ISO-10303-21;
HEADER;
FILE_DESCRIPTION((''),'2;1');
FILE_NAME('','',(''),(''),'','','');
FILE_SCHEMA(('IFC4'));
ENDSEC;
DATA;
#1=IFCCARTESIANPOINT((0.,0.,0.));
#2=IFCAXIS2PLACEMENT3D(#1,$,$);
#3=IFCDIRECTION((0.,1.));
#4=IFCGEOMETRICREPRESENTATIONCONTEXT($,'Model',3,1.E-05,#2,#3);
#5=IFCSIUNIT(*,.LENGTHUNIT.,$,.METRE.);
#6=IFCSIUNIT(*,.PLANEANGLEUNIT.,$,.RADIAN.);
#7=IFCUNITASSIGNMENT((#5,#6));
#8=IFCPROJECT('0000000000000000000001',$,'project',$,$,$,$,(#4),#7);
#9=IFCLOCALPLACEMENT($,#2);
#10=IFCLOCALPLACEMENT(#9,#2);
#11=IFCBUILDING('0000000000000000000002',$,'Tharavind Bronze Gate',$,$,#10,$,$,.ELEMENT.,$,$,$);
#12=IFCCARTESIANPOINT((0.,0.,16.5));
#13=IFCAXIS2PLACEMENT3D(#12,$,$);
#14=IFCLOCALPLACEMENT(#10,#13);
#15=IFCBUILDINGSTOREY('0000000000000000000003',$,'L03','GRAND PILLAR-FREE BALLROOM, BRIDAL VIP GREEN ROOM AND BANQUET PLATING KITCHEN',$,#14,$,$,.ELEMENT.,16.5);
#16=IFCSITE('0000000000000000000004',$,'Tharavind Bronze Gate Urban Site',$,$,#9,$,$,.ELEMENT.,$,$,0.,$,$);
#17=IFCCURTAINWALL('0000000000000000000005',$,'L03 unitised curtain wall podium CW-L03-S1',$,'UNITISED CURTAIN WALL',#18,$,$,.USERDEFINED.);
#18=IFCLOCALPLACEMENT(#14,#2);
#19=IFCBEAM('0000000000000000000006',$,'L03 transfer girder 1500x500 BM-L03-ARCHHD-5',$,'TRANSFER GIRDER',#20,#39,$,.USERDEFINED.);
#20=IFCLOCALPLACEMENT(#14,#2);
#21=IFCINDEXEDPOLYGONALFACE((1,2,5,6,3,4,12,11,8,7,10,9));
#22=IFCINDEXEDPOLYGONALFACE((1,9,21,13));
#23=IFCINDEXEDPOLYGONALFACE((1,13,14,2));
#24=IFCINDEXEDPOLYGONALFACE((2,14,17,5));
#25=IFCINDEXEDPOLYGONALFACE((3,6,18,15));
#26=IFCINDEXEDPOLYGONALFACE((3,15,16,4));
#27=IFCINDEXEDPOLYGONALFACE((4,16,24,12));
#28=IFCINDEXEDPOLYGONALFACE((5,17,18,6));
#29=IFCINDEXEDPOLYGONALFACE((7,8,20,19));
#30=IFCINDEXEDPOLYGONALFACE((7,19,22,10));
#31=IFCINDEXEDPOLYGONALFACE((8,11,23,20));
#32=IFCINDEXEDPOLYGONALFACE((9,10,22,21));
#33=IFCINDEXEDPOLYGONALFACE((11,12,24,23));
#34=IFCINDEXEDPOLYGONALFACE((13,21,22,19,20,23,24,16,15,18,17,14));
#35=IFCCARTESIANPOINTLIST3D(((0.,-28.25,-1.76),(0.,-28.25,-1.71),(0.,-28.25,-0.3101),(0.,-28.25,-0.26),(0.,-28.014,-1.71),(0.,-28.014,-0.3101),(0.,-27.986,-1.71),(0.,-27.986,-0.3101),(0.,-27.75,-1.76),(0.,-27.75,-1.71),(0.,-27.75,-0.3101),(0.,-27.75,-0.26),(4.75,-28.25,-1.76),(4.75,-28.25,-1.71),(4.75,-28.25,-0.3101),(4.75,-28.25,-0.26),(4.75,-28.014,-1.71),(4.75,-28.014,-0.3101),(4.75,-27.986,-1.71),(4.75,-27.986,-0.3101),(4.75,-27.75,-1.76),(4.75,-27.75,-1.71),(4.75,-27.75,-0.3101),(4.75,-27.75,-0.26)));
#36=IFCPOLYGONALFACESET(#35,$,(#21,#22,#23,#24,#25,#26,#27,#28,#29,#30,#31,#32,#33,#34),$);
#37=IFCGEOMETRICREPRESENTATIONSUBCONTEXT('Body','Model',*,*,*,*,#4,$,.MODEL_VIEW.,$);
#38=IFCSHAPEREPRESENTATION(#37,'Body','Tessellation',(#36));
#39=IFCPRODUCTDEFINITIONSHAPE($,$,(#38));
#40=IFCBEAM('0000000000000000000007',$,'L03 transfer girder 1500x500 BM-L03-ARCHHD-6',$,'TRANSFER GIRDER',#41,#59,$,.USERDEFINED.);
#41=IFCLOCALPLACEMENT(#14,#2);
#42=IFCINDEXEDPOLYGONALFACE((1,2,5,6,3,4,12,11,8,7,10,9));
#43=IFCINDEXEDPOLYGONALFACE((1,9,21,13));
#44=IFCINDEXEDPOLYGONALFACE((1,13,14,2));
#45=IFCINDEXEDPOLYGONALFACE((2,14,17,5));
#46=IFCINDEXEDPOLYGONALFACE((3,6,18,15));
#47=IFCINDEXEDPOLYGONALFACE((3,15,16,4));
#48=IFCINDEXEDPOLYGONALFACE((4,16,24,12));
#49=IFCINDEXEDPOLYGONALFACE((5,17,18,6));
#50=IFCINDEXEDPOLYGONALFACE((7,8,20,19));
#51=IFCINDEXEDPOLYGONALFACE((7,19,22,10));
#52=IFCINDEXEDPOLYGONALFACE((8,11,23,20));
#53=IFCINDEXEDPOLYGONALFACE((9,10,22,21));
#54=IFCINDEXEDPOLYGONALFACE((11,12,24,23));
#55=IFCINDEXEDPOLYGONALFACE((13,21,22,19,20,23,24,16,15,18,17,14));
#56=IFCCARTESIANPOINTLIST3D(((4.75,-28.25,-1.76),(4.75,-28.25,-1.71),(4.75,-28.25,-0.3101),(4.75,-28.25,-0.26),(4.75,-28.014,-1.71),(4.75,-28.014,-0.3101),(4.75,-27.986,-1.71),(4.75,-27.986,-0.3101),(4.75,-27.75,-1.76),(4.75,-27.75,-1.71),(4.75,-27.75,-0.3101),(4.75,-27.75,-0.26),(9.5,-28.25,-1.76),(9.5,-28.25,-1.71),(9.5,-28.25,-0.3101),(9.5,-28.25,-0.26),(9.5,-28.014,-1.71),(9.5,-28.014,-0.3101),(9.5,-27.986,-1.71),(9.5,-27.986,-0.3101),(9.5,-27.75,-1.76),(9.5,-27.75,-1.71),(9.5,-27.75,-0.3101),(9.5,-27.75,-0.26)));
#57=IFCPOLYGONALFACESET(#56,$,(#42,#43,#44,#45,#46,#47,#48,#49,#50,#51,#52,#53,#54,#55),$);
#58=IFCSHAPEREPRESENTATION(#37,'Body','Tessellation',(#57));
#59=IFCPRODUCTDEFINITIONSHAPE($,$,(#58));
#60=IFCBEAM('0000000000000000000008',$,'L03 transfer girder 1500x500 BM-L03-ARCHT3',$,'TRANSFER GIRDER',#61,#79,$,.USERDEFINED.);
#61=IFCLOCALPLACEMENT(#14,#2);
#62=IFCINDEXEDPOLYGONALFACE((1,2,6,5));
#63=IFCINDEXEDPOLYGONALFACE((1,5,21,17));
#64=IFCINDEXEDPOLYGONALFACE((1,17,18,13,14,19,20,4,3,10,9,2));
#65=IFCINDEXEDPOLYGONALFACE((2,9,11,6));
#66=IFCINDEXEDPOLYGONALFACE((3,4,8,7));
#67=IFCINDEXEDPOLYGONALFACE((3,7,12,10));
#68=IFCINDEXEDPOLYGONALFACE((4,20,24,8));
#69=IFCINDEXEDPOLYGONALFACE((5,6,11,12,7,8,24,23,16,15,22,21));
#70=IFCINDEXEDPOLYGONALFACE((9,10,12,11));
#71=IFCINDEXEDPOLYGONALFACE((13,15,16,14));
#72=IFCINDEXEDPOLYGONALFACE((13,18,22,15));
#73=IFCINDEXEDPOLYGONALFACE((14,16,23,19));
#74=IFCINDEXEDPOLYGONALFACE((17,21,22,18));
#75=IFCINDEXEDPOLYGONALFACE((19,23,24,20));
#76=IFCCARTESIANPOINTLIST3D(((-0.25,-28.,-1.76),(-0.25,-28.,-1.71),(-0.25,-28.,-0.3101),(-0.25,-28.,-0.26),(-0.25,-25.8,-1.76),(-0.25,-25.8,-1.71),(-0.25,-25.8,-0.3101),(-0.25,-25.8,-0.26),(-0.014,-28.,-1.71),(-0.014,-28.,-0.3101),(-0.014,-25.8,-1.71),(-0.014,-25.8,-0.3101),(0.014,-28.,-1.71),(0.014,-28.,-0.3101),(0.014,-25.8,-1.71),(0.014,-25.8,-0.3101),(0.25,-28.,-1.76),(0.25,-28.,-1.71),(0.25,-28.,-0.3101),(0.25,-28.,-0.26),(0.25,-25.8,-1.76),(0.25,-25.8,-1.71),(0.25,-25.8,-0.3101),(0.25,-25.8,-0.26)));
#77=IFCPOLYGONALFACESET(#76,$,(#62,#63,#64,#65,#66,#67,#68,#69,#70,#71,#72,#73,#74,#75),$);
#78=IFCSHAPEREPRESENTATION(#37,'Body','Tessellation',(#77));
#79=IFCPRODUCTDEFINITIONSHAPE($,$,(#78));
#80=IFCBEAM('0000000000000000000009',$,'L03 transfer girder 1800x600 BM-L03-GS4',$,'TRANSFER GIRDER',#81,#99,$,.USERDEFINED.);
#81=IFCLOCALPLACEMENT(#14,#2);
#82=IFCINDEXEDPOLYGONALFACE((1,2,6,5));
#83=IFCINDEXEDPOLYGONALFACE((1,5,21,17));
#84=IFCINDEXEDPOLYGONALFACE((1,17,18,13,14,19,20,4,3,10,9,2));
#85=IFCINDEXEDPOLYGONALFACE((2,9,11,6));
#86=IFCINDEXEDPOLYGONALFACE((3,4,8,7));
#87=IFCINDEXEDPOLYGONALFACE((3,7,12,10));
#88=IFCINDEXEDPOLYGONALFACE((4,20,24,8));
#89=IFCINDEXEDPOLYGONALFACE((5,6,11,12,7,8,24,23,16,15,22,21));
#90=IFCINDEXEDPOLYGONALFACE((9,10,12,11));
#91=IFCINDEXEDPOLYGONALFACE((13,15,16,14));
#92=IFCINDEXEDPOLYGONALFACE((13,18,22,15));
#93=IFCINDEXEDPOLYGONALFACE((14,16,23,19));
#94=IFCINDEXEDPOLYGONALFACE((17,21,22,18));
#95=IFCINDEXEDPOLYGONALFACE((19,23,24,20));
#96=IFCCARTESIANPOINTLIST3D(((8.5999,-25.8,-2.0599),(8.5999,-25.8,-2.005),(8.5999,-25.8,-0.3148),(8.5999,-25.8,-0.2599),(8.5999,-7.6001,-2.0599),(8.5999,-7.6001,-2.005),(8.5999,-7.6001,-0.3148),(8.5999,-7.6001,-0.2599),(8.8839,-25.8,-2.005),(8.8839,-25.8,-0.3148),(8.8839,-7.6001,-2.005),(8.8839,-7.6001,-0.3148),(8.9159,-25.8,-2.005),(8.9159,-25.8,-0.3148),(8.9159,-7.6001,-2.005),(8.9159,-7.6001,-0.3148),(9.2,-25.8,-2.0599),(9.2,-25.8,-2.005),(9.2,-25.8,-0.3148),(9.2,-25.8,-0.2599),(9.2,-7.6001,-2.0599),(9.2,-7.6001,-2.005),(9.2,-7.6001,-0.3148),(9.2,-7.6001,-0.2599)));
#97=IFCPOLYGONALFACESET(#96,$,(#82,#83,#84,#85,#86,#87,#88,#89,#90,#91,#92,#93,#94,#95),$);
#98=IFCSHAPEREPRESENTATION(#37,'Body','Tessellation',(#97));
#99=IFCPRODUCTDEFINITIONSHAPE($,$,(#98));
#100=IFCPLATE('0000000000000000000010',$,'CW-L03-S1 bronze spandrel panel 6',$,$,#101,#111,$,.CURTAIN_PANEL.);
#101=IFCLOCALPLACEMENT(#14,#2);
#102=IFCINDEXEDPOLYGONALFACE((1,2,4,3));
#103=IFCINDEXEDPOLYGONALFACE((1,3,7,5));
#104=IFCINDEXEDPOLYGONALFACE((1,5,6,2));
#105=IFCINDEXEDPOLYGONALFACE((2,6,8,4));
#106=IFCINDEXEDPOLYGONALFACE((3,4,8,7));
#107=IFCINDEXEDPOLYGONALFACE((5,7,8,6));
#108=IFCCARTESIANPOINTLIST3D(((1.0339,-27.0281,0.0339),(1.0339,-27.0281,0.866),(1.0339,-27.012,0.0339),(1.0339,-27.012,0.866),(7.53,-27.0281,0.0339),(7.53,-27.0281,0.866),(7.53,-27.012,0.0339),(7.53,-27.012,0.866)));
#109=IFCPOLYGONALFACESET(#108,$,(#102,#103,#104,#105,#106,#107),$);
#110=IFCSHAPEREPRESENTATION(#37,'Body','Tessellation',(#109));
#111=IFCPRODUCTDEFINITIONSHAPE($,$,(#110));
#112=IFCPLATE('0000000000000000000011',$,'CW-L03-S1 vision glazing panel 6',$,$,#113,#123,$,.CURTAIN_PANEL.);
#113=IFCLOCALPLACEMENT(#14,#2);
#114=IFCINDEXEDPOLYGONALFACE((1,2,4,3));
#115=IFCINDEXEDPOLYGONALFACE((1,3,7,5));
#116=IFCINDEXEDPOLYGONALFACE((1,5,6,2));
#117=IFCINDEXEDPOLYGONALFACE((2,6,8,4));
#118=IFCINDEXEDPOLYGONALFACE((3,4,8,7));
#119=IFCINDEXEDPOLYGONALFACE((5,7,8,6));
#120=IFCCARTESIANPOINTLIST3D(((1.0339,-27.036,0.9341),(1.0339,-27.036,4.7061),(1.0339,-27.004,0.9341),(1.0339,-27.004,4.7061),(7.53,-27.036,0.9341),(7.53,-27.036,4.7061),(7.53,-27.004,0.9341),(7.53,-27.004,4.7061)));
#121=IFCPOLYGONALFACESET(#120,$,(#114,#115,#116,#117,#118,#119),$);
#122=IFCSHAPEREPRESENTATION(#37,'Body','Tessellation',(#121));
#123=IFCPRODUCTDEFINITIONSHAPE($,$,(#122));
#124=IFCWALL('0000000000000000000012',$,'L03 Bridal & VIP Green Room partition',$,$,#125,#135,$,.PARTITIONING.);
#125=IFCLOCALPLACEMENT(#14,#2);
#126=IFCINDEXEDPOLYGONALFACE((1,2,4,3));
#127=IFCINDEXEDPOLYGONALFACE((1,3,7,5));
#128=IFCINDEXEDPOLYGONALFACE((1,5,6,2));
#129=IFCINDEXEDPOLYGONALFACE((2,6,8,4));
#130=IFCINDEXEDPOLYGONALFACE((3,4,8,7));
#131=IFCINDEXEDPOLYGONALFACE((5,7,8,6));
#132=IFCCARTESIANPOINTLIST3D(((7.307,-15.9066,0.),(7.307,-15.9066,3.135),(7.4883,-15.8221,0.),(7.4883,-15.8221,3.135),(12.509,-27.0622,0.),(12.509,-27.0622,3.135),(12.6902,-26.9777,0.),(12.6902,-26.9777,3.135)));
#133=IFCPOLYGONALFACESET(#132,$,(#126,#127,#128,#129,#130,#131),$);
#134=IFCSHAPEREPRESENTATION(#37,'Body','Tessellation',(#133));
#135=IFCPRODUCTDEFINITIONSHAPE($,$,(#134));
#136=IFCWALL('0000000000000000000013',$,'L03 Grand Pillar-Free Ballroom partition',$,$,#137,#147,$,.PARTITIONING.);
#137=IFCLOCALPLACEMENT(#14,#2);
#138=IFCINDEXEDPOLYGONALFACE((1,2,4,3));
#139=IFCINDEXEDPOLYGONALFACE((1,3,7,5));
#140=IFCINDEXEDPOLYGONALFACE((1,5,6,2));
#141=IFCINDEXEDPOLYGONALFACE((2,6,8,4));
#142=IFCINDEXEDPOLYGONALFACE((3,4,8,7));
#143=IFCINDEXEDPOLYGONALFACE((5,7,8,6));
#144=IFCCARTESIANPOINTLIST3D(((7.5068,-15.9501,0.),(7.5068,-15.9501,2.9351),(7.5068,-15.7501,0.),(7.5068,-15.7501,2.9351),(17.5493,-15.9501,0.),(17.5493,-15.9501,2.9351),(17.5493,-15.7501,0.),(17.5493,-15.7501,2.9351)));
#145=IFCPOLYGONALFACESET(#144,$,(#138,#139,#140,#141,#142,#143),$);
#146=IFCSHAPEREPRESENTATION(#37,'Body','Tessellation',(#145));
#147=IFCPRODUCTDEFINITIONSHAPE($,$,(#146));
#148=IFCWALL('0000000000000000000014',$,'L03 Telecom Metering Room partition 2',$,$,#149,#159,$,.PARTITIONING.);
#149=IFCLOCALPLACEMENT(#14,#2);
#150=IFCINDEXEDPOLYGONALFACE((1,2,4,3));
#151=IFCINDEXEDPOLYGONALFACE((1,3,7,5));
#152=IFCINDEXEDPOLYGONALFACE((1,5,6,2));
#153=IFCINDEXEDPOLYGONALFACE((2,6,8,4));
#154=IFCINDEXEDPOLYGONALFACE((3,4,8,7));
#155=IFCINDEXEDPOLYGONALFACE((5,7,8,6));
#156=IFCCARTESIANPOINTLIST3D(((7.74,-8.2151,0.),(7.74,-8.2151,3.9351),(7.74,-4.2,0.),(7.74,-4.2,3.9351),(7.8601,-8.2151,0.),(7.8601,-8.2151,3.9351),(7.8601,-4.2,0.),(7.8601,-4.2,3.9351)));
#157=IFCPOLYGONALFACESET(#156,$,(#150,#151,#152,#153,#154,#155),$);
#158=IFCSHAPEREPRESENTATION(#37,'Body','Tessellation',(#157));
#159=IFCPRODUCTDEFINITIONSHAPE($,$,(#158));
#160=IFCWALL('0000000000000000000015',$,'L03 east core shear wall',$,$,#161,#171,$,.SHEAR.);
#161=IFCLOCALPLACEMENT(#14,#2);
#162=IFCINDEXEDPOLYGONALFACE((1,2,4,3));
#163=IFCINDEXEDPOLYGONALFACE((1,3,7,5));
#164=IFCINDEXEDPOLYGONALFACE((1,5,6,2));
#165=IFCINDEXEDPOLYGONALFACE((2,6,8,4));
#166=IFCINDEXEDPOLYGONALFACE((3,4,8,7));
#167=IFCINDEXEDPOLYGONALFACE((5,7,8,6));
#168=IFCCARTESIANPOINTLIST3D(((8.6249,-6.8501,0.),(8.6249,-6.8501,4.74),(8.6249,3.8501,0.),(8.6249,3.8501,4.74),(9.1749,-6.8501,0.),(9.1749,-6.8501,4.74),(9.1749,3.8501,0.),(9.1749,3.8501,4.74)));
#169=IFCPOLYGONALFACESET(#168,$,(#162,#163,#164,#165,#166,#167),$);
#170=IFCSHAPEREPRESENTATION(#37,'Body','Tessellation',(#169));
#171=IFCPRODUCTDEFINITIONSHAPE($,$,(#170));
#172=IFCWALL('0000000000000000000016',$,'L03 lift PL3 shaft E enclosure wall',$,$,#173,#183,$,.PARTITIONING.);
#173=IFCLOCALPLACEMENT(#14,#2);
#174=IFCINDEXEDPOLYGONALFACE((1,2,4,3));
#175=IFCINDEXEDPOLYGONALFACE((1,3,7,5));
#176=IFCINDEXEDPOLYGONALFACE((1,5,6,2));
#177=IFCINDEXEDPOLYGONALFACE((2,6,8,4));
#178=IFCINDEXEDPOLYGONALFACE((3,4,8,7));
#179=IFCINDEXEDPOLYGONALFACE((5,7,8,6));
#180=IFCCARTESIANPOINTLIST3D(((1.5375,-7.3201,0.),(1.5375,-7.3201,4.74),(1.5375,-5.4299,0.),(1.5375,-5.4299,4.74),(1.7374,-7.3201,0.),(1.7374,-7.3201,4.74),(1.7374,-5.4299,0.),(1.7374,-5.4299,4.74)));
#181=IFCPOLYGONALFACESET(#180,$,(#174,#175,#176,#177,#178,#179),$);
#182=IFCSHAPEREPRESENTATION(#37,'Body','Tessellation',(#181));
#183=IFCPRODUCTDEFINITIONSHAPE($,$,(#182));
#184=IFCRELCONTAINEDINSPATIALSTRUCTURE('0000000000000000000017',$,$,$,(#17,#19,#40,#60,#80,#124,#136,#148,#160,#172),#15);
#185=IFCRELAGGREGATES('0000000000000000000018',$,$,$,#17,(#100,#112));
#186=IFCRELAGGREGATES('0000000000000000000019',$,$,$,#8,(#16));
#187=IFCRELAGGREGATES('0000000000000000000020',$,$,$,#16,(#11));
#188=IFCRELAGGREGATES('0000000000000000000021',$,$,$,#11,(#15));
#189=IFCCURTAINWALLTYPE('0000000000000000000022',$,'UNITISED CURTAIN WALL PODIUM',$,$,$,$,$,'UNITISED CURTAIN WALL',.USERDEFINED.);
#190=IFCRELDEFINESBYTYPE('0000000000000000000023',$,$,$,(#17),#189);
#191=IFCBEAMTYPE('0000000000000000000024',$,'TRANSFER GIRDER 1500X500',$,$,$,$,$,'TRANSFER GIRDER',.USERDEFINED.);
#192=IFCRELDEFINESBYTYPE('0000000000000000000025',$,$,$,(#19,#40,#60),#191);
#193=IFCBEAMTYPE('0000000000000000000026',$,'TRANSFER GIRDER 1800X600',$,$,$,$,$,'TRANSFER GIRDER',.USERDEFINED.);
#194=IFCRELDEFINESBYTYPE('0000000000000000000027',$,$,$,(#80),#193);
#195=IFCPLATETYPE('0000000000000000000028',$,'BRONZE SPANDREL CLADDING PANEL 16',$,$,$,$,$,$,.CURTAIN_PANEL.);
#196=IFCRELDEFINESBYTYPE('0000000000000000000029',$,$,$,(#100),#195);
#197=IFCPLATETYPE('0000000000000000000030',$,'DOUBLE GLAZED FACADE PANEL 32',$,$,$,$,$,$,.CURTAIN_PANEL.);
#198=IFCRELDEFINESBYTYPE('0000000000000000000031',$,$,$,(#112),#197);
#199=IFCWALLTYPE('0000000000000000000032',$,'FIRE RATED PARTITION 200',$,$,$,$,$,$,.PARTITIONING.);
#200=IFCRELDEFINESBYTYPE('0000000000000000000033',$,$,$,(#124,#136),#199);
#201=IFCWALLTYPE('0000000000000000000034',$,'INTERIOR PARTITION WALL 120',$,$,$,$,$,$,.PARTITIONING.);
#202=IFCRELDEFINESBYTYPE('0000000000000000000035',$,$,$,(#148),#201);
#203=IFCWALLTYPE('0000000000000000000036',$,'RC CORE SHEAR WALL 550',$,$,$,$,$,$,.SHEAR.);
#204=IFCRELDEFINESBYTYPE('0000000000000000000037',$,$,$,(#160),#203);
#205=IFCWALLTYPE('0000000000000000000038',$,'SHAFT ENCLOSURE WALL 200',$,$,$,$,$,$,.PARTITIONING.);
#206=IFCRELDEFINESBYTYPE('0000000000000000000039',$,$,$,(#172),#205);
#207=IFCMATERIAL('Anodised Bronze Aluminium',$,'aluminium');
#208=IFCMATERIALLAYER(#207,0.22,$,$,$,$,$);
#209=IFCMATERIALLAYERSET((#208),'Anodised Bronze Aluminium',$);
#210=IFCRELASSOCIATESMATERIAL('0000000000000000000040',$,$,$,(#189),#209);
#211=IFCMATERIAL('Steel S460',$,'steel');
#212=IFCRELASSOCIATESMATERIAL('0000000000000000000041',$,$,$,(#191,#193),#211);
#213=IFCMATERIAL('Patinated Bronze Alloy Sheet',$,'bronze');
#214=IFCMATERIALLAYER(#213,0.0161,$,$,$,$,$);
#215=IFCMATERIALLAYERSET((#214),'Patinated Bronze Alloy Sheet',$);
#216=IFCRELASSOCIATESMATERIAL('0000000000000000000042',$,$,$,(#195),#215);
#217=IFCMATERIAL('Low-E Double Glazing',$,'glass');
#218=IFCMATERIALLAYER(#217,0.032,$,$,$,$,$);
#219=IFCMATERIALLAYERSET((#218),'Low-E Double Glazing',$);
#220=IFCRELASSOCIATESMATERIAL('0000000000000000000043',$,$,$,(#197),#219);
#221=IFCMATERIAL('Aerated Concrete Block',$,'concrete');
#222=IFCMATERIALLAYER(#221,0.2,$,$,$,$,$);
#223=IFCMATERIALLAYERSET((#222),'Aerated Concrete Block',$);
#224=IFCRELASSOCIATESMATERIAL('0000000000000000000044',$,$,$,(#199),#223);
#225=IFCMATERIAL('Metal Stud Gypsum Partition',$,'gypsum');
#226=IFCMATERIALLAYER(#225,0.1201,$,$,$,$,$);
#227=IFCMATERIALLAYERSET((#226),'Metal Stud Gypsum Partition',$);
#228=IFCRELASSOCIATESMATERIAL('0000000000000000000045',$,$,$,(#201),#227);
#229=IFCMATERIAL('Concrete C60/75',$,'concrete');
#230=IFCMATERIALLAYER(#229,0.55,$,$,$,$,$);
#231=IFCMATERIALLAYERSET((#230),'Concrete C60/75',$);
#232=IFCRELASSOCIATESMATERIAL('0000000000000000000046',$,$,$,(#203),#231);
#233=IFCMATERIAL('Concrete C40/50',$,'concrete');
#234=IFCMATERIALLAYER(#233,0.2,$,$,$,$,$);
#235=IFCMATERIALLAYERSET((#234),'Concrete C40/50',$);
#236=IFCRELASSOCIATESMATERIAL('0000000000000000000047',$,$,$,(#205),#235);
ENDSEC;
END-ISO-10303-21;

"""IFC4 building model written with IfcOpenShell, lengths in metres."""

from ifc_helpers import new_model, si_unit, direction, frame, frame_2d, origin, origin_2d, place, context, subcontext, project, spatial, rectangle, i_section, extrude, material, layer, layer_set, material_profile, profile_set, type_object, element, aggregate, save


model = new_model("IFC4")

# Units and contexts
model_context = context("Model", 3, precision=1e-05, world=origin(), true_north=direction((0.0, 1.0)))
body_context = subcontext(model_context, "Body", "Model", "MODEL_VIEW")
ifc_project = project(units=[si_unit("LENGTHUNIT", "METRE"), si_unit("PLANEANGLEUNIT", "RADIAN")], contexts=[model_context])

# Site, building, storey
site_placement = place(None, origin())
site = spatial("IfcSite", under=ifc_project, at=site_placement, Name="Tharavind Bronze Gate Urban Site", CompositionType="ELEMENT", RefElevation=0.0)
building_placement = place(site_placement, origin())
building = spatial("IfcBuilding", under=site, at=building_placement, Name="Tharavind Bronze Gate", CompositionType="ELEMENT")
storey_placement = place(building_placement, frame((0.0, 0.0, 16.5)))
storey = spatial("IfcBuildingStorey", under=building, at=storey_placement, Name="L03", Description="GRAND PILLAR-FREE BALLROOM, BRIDAL VIP GREEN ROOM AND BANQUET PLATING KITCHEN", CompositionType="ELEMENT", Elevation=16.5)

# Shared definitions
ifc_material_1 = material(Name="Steel S460", Category="steel")

# Curtain wall
ifc_material_2 = material(Name="Anodised Bronze Aluminium", Category="aluminium")
ifc_layer_1 = layer(ifc_material_2, 0.22)
ifc_layer_set_1 = layer_set([ifc_layer_1], Name="Anodised Bronze Aluminium")
curtain_wall_type = type_object("IfcCurtainWallType", Name="UNITISED CURTAIN WALL PODIUM", ElementType="UNITISED CURTAIN WALL", PredefinedType="USERDEFINED", material=ifc_layer_set_1)
curtain_wall_placement = place(storey_placement, origin())
curtain_wall = element("IfcCurtainWall", 1, at=curtain_wall_placement, inside=storey, type_object=curtain_wall_type, Name="L03 unitised curtain wall podium CW-L03-S1", ObjectType="UNITISED CURTAIN WALL", PredefinedType="USERDEFINED")

# Beams
ifc_material_profile_1 = material_profile(ifc_material_1, i_section(OverallWidth=0.5, OverallDepth=1.5, WebThickness=0.0281, FlangeThickness=0.05, at=origin_2d()), Name="PG1500X500")
ifc_profile_set_1 = profile_set([ifc_material_profile_1], Name="Steel S460")
beam_type_1 = type_object("IfcBeamType", Name="TRANSFER GIRDER 1500X500", ElementType="TRANSFER GIRDER", PredefinedType="USERDEFINED", material=ifc_profile_set_1)
for number, where, z_axis, x_axis, name in (
    (2, (0.0, -28.0, -1.01), (1.0, 0.0, 0.0), (0.0, 1.0, 0.0), "L03 transfer girder 1500x500 BM-L03-ARCHHD-5"),
    (3, (4.75, -28.0, -1.01), (1.0, 0.0, 0.0), (0.0, 1.0, 0.0), "L03 transfer girder 1500x500 BM-L03-ARCHHD-6"),
):
    element("IfcBeam", number, at=place(storey_placement, frame(where, z_axis=z_axis, x_axis=x_axis)), inside=storey, type_object=beam_type_1, Name=name, ObjectType="TRANSFER GIRDER", PredefinedType="USERDEFINED", context=body_context, shape_type="SweptSolid", body=[
        extrude(i_section(OverallWidth=0.5, OverallDepth=1.5, WebThickness=0.0281, FlangeThickness=0.05, at=origin_2d()), origin(), (0.0, 0.0, 1.0), 4.75),
    ])
beam_1_placement = place(storey_placement, frame((0.0, -28.0, -1.01), z_axis=(0.0, 1.0, 0.0), x_axis=(-1.0, 0.0, 0.0)))
element("IfcBeam", 4, at=beam_1_placement, inside=storey, type_object=beam_type_1, Name="L03 transfer girder 1500x500 BM-L03-ARCHT3", ObjectType="TRANSFER GIRDER", PredefinedType="USERDEFINED", context=body_context, shape_type="SweptSolid", body=[
    extrude(i_section(OverallWidth=0.5, OverallDepth=1.5, WebThickness=0.0281, FlangeThickness=0.05, at=origin_2d()), origin(), (0.0, 0.0, 1.0), 2.2),
])
ifc_material_profile_2 = material_profile(ifc_material_1, i_section(OverallWidth=0.6001, OverallDepth=1.8, WebThickness=0.032, FlangeThickness=0.0549, at=origin_2d()), Name="PG1800X600")
ifc_profile_set_2 = profile_set([ifc_material_profile_2], Name="Steel S460")
beam_type_2 = type_object("IfcBeamType", Name="TRANSFER GIRDER 1800X600", ElementType="TRANSFER GIRDER", PredefinedType="USERDEFINED", material=ifc_profile_set_2)
beam_2_placement = place(storey_placement, frame((8.8999, -25.8, -1.1599), z_axis=(0.0, 1.0, 0.0), x_axis=(-1.0, 0.0, 0.0)))
element("IfcBeam", 5, at=beam_2_placement, inside=storey, type_object=beam_type_2, Name="L03 transfer girder 1800x600 BM-L03-GS4", ObjectType="TRANSFER GIRDER", PredefinedType="USERDEFINED", context=body_context, shape_type="SweptSolid", body=[
    extrude(i_section(OverallWidth=0.6001, OverallDepth=1.8, WebThickness=0.032, FlangeThickness=0.0549, at=origin_2d()), origin(), (0.0, 0.0, 1.0), 18.2),
])

# Plates
ifc_material_3 = material(Name="Patinated Bronze Alloy Sheet", Category="bronze")
ifc_layer_2 = layer(ifc_material_3, 0.0161)
ifc_layer_set_2 = layer_set([ifc_layer_2], Name="Patinated Bronze Alloy Sheet")
plate_type_1 = type_object("IfcPlateType", Name="BRONZE SPANDREL CLADDING PANEL 16", PredefinedType="CURTAIN_PANEL", material=ifc_layer_set_2)
plate_1_placement = place(storey_placement, frame((4.282, -27.02, 0.0339), z_axis=(0.0, 0.0, 1.0), x_axis=(1.0, 0.0, 0.0)))
plate_1 = element("IfcPlate", 6, at=plate_1_placement, type_object=plate_type_1, Name="CW-L03-S1 bronze spandrel panel 6", PredefinedType="CURTAIN_PANEL", context=body_context, shape_type="SweptSolid", body=[
    extrude(rectangle(XDim=6.4961, YDim=0.0161, at=origin_2d()), origin(), (0.0, 0.0, 1.0), 0.832),
])
ifc_material_4 = material(Name="Low-E Double Glazing", Category="glass")
ifc_layer_3 = layer(ifc_material_4, 0.032)
ifc_layer_set_3 = layer_set([ifc_layer_3], Name="Low-E Double Glazing")
plate_type_2 = type_object("IfcPlateType", Name="DOUBLE GLAZED FACADE PANEL 32", PredefinedType="CURTAIN_PANEL", material=ifc_layer_set_3)
plate_2_placement = place(storey_placement, frame((4.282, -27.02, 0.9341), z_axis=(0.0, 0.0, 1.0), x_axis=(1.0, 0.0, 0.0)))
plate_2 = element("IfcPlate", 7, at=plate_2_placement, type_object=plate_type_2, Name="CW-L03-S1 vision glazing panel 6", PredefinedType="CURTAIN_PANEL", context=body_context, shape_type="SweptSolid", body=[
    extrude(rectangle(XDim=6.4961, YDim=0.032, at=origin_2d()), origin(), (0.0, 0.0, 1.0), 3.772),
])
aggregate(curtain_wall, [plate_1, plate_2])

# Walls
ifc_material_5 = material(Name="Aerated Concrete Block", Category="concrete")
ifc_layer_4 = layer(ifc_material_5, 0.2)
ifc_layer_set_4 = layer_set([ifc_layer_4], Name="Aerated Concrete Block")
wall_type_1 = type_object("IfcWallType", Name="FIRE RATED PARTITION 200", PredefinedType="PARTITIONING", material=ifc_layer_set_4)
wall_1_placement = place(storey_placement, frame((7.3977, -15.8645, 0.0), z_axis=(0.0, 0.0, 1.0), x_axis=(0.422618, -0.906308, 0.0)))
element("IfcWall", 8, at=wall_1_placement, inside=storey, type_object=wall_type_1, Name="L03 Bridal & VIP Green Room partition", PredefinedType="PARTITIONING", context=body_context, shape_type="SweptSolid", body=[
    extrude(rectangle(XDim=12.3088, YDim=0.2, at=frame_2d((6.1543, 0.0))), origin(), (0.0, 0.0, 1.0), 3.135),
])
wall_2_placement = place(storey_placement, frame((7.5068, -15.8501, 0.0), z_axis=(0.0, 0.0, 1.0), x_axis=(1.0, 0.0, 0.0)))
element("IfcWall", 9, at=wall_2_placement, inside=storey, type_object=wall_type_1, Name="L03 Grand Pillar-Free Ballroom partition", PredefinedType="PARTITIONING", context=body_context, shape_type="SweptSolid", body=[
    extrude(rectangle(XDim=10.0425, YDim=0.2, at=frame_2d((5.0212, 0.0))), origin(), (0.0, 0.0, 1.0), 2.9351),
])
ifc_material_6 = material(Name="Metal Stud Gypsum Partition", Category="gypsum")
ifc_layer_5 = layer(ifc_material_6, 0.1201)
ifc_layer_set_5 = layer_set([ifc_layer_5], Name="Metal Stud Gypsum Partition")
wall_type_2 = type_object("IfcWallType", Name="INTERIOR PARTITION WALL 120", PredefinedType="PARTITIONING", material=ifc_layer_set_5)
wall_3_placement = place(storey_placement, frame((7.8, -8.2151, 0.0), z_axis=(0.0, 0.0, 1.0), x_axis=(0.0, 1.0, 0.0)))
element("IfcWall", 10, at=wall_3_placement, inside=storey, type_object=wall_type_2, Name="L03 Telecom Metering Room partition 2", PredefinedType="PARTITIONING", context=body_context, shape_type="SweptSolid", body=[
    extrude(rectangle(XDim=4.0151, YDim=0.1201, at=frame_2d((2.0076, 0.0))), origin(), (0.0, 0.0, 1.0), 3.9351),
])
ifc_material_7 = material(Name="Concrete C60/75", Category="concrete")
ifc_layer_6 = layer(ifc_material_7, 0.55)
ifc_layer_set_6 = layer_set([ifc_layer_6], Name="Concrete C60/75")
wall_type_3 = type_object("IfcWallType", Name="RC CORE SHEAR WALL 550", PredefinedType="SHEAR", material=ifc_layer_set_6)
wall_4_placement = place(storey_placement, frame((8.8999, -6.8501, 0.0), z_axis=(0.0, 0.0, 1.0), x_axis=(0.0, 1.0, 0.0)))
element("IfcWall", 11, at=wall_4_placement, inside=storey, type_object=wall_type_3, Name="L03 east core shear wall", PredefinedType="SHEAR", context=body_context, shape_type="SweptSolid", body=[
    extrude(rectangle(XDim=10.7002, YDim=0.55, at=frame_2d((5.3501, 0.0))), origin(), (0.0, 0.0, 1.0), 4.74),
])
ifc_material_8 = material(Name="Concrete C40/50", Category="concrete")
ifc_layer_7 = layer(ifc_material_8, 0.2)
ifc_layer_set_7 = layer_set([ifc_layer_7], Name="Concrete C40/50")
wall_type_4 = type_object("IfcWallType", Name="SHAFT ENCLOSURE WALL 200", PredefinedType="PARTITIONING", material=ifc_layer_set_7)
wall_5_placement = place(storey_placement, frame((1.6375, -7.3201, 0.0), z_axis=(0.0, 0.0, 1.0), x_axis=(0.0, 1.0, 0.0)))
element("IfcWall", 12, at=wall_5_placement, inside=storey, type_object=wall_type_4, Name="L03 lift PL3 shaft E enclosure wall", PredefinedType="PARTITIONING", context=body_context, shape_type="SweptSolid", body=[
    extrude(rectangle(XDim=1.8901, YDim=0.2, at=frame_2d((0.9451, 0.0))), origin(), (0.0, 0.0, 1.0), 4.74),
])

save(model, "model.ifc")
